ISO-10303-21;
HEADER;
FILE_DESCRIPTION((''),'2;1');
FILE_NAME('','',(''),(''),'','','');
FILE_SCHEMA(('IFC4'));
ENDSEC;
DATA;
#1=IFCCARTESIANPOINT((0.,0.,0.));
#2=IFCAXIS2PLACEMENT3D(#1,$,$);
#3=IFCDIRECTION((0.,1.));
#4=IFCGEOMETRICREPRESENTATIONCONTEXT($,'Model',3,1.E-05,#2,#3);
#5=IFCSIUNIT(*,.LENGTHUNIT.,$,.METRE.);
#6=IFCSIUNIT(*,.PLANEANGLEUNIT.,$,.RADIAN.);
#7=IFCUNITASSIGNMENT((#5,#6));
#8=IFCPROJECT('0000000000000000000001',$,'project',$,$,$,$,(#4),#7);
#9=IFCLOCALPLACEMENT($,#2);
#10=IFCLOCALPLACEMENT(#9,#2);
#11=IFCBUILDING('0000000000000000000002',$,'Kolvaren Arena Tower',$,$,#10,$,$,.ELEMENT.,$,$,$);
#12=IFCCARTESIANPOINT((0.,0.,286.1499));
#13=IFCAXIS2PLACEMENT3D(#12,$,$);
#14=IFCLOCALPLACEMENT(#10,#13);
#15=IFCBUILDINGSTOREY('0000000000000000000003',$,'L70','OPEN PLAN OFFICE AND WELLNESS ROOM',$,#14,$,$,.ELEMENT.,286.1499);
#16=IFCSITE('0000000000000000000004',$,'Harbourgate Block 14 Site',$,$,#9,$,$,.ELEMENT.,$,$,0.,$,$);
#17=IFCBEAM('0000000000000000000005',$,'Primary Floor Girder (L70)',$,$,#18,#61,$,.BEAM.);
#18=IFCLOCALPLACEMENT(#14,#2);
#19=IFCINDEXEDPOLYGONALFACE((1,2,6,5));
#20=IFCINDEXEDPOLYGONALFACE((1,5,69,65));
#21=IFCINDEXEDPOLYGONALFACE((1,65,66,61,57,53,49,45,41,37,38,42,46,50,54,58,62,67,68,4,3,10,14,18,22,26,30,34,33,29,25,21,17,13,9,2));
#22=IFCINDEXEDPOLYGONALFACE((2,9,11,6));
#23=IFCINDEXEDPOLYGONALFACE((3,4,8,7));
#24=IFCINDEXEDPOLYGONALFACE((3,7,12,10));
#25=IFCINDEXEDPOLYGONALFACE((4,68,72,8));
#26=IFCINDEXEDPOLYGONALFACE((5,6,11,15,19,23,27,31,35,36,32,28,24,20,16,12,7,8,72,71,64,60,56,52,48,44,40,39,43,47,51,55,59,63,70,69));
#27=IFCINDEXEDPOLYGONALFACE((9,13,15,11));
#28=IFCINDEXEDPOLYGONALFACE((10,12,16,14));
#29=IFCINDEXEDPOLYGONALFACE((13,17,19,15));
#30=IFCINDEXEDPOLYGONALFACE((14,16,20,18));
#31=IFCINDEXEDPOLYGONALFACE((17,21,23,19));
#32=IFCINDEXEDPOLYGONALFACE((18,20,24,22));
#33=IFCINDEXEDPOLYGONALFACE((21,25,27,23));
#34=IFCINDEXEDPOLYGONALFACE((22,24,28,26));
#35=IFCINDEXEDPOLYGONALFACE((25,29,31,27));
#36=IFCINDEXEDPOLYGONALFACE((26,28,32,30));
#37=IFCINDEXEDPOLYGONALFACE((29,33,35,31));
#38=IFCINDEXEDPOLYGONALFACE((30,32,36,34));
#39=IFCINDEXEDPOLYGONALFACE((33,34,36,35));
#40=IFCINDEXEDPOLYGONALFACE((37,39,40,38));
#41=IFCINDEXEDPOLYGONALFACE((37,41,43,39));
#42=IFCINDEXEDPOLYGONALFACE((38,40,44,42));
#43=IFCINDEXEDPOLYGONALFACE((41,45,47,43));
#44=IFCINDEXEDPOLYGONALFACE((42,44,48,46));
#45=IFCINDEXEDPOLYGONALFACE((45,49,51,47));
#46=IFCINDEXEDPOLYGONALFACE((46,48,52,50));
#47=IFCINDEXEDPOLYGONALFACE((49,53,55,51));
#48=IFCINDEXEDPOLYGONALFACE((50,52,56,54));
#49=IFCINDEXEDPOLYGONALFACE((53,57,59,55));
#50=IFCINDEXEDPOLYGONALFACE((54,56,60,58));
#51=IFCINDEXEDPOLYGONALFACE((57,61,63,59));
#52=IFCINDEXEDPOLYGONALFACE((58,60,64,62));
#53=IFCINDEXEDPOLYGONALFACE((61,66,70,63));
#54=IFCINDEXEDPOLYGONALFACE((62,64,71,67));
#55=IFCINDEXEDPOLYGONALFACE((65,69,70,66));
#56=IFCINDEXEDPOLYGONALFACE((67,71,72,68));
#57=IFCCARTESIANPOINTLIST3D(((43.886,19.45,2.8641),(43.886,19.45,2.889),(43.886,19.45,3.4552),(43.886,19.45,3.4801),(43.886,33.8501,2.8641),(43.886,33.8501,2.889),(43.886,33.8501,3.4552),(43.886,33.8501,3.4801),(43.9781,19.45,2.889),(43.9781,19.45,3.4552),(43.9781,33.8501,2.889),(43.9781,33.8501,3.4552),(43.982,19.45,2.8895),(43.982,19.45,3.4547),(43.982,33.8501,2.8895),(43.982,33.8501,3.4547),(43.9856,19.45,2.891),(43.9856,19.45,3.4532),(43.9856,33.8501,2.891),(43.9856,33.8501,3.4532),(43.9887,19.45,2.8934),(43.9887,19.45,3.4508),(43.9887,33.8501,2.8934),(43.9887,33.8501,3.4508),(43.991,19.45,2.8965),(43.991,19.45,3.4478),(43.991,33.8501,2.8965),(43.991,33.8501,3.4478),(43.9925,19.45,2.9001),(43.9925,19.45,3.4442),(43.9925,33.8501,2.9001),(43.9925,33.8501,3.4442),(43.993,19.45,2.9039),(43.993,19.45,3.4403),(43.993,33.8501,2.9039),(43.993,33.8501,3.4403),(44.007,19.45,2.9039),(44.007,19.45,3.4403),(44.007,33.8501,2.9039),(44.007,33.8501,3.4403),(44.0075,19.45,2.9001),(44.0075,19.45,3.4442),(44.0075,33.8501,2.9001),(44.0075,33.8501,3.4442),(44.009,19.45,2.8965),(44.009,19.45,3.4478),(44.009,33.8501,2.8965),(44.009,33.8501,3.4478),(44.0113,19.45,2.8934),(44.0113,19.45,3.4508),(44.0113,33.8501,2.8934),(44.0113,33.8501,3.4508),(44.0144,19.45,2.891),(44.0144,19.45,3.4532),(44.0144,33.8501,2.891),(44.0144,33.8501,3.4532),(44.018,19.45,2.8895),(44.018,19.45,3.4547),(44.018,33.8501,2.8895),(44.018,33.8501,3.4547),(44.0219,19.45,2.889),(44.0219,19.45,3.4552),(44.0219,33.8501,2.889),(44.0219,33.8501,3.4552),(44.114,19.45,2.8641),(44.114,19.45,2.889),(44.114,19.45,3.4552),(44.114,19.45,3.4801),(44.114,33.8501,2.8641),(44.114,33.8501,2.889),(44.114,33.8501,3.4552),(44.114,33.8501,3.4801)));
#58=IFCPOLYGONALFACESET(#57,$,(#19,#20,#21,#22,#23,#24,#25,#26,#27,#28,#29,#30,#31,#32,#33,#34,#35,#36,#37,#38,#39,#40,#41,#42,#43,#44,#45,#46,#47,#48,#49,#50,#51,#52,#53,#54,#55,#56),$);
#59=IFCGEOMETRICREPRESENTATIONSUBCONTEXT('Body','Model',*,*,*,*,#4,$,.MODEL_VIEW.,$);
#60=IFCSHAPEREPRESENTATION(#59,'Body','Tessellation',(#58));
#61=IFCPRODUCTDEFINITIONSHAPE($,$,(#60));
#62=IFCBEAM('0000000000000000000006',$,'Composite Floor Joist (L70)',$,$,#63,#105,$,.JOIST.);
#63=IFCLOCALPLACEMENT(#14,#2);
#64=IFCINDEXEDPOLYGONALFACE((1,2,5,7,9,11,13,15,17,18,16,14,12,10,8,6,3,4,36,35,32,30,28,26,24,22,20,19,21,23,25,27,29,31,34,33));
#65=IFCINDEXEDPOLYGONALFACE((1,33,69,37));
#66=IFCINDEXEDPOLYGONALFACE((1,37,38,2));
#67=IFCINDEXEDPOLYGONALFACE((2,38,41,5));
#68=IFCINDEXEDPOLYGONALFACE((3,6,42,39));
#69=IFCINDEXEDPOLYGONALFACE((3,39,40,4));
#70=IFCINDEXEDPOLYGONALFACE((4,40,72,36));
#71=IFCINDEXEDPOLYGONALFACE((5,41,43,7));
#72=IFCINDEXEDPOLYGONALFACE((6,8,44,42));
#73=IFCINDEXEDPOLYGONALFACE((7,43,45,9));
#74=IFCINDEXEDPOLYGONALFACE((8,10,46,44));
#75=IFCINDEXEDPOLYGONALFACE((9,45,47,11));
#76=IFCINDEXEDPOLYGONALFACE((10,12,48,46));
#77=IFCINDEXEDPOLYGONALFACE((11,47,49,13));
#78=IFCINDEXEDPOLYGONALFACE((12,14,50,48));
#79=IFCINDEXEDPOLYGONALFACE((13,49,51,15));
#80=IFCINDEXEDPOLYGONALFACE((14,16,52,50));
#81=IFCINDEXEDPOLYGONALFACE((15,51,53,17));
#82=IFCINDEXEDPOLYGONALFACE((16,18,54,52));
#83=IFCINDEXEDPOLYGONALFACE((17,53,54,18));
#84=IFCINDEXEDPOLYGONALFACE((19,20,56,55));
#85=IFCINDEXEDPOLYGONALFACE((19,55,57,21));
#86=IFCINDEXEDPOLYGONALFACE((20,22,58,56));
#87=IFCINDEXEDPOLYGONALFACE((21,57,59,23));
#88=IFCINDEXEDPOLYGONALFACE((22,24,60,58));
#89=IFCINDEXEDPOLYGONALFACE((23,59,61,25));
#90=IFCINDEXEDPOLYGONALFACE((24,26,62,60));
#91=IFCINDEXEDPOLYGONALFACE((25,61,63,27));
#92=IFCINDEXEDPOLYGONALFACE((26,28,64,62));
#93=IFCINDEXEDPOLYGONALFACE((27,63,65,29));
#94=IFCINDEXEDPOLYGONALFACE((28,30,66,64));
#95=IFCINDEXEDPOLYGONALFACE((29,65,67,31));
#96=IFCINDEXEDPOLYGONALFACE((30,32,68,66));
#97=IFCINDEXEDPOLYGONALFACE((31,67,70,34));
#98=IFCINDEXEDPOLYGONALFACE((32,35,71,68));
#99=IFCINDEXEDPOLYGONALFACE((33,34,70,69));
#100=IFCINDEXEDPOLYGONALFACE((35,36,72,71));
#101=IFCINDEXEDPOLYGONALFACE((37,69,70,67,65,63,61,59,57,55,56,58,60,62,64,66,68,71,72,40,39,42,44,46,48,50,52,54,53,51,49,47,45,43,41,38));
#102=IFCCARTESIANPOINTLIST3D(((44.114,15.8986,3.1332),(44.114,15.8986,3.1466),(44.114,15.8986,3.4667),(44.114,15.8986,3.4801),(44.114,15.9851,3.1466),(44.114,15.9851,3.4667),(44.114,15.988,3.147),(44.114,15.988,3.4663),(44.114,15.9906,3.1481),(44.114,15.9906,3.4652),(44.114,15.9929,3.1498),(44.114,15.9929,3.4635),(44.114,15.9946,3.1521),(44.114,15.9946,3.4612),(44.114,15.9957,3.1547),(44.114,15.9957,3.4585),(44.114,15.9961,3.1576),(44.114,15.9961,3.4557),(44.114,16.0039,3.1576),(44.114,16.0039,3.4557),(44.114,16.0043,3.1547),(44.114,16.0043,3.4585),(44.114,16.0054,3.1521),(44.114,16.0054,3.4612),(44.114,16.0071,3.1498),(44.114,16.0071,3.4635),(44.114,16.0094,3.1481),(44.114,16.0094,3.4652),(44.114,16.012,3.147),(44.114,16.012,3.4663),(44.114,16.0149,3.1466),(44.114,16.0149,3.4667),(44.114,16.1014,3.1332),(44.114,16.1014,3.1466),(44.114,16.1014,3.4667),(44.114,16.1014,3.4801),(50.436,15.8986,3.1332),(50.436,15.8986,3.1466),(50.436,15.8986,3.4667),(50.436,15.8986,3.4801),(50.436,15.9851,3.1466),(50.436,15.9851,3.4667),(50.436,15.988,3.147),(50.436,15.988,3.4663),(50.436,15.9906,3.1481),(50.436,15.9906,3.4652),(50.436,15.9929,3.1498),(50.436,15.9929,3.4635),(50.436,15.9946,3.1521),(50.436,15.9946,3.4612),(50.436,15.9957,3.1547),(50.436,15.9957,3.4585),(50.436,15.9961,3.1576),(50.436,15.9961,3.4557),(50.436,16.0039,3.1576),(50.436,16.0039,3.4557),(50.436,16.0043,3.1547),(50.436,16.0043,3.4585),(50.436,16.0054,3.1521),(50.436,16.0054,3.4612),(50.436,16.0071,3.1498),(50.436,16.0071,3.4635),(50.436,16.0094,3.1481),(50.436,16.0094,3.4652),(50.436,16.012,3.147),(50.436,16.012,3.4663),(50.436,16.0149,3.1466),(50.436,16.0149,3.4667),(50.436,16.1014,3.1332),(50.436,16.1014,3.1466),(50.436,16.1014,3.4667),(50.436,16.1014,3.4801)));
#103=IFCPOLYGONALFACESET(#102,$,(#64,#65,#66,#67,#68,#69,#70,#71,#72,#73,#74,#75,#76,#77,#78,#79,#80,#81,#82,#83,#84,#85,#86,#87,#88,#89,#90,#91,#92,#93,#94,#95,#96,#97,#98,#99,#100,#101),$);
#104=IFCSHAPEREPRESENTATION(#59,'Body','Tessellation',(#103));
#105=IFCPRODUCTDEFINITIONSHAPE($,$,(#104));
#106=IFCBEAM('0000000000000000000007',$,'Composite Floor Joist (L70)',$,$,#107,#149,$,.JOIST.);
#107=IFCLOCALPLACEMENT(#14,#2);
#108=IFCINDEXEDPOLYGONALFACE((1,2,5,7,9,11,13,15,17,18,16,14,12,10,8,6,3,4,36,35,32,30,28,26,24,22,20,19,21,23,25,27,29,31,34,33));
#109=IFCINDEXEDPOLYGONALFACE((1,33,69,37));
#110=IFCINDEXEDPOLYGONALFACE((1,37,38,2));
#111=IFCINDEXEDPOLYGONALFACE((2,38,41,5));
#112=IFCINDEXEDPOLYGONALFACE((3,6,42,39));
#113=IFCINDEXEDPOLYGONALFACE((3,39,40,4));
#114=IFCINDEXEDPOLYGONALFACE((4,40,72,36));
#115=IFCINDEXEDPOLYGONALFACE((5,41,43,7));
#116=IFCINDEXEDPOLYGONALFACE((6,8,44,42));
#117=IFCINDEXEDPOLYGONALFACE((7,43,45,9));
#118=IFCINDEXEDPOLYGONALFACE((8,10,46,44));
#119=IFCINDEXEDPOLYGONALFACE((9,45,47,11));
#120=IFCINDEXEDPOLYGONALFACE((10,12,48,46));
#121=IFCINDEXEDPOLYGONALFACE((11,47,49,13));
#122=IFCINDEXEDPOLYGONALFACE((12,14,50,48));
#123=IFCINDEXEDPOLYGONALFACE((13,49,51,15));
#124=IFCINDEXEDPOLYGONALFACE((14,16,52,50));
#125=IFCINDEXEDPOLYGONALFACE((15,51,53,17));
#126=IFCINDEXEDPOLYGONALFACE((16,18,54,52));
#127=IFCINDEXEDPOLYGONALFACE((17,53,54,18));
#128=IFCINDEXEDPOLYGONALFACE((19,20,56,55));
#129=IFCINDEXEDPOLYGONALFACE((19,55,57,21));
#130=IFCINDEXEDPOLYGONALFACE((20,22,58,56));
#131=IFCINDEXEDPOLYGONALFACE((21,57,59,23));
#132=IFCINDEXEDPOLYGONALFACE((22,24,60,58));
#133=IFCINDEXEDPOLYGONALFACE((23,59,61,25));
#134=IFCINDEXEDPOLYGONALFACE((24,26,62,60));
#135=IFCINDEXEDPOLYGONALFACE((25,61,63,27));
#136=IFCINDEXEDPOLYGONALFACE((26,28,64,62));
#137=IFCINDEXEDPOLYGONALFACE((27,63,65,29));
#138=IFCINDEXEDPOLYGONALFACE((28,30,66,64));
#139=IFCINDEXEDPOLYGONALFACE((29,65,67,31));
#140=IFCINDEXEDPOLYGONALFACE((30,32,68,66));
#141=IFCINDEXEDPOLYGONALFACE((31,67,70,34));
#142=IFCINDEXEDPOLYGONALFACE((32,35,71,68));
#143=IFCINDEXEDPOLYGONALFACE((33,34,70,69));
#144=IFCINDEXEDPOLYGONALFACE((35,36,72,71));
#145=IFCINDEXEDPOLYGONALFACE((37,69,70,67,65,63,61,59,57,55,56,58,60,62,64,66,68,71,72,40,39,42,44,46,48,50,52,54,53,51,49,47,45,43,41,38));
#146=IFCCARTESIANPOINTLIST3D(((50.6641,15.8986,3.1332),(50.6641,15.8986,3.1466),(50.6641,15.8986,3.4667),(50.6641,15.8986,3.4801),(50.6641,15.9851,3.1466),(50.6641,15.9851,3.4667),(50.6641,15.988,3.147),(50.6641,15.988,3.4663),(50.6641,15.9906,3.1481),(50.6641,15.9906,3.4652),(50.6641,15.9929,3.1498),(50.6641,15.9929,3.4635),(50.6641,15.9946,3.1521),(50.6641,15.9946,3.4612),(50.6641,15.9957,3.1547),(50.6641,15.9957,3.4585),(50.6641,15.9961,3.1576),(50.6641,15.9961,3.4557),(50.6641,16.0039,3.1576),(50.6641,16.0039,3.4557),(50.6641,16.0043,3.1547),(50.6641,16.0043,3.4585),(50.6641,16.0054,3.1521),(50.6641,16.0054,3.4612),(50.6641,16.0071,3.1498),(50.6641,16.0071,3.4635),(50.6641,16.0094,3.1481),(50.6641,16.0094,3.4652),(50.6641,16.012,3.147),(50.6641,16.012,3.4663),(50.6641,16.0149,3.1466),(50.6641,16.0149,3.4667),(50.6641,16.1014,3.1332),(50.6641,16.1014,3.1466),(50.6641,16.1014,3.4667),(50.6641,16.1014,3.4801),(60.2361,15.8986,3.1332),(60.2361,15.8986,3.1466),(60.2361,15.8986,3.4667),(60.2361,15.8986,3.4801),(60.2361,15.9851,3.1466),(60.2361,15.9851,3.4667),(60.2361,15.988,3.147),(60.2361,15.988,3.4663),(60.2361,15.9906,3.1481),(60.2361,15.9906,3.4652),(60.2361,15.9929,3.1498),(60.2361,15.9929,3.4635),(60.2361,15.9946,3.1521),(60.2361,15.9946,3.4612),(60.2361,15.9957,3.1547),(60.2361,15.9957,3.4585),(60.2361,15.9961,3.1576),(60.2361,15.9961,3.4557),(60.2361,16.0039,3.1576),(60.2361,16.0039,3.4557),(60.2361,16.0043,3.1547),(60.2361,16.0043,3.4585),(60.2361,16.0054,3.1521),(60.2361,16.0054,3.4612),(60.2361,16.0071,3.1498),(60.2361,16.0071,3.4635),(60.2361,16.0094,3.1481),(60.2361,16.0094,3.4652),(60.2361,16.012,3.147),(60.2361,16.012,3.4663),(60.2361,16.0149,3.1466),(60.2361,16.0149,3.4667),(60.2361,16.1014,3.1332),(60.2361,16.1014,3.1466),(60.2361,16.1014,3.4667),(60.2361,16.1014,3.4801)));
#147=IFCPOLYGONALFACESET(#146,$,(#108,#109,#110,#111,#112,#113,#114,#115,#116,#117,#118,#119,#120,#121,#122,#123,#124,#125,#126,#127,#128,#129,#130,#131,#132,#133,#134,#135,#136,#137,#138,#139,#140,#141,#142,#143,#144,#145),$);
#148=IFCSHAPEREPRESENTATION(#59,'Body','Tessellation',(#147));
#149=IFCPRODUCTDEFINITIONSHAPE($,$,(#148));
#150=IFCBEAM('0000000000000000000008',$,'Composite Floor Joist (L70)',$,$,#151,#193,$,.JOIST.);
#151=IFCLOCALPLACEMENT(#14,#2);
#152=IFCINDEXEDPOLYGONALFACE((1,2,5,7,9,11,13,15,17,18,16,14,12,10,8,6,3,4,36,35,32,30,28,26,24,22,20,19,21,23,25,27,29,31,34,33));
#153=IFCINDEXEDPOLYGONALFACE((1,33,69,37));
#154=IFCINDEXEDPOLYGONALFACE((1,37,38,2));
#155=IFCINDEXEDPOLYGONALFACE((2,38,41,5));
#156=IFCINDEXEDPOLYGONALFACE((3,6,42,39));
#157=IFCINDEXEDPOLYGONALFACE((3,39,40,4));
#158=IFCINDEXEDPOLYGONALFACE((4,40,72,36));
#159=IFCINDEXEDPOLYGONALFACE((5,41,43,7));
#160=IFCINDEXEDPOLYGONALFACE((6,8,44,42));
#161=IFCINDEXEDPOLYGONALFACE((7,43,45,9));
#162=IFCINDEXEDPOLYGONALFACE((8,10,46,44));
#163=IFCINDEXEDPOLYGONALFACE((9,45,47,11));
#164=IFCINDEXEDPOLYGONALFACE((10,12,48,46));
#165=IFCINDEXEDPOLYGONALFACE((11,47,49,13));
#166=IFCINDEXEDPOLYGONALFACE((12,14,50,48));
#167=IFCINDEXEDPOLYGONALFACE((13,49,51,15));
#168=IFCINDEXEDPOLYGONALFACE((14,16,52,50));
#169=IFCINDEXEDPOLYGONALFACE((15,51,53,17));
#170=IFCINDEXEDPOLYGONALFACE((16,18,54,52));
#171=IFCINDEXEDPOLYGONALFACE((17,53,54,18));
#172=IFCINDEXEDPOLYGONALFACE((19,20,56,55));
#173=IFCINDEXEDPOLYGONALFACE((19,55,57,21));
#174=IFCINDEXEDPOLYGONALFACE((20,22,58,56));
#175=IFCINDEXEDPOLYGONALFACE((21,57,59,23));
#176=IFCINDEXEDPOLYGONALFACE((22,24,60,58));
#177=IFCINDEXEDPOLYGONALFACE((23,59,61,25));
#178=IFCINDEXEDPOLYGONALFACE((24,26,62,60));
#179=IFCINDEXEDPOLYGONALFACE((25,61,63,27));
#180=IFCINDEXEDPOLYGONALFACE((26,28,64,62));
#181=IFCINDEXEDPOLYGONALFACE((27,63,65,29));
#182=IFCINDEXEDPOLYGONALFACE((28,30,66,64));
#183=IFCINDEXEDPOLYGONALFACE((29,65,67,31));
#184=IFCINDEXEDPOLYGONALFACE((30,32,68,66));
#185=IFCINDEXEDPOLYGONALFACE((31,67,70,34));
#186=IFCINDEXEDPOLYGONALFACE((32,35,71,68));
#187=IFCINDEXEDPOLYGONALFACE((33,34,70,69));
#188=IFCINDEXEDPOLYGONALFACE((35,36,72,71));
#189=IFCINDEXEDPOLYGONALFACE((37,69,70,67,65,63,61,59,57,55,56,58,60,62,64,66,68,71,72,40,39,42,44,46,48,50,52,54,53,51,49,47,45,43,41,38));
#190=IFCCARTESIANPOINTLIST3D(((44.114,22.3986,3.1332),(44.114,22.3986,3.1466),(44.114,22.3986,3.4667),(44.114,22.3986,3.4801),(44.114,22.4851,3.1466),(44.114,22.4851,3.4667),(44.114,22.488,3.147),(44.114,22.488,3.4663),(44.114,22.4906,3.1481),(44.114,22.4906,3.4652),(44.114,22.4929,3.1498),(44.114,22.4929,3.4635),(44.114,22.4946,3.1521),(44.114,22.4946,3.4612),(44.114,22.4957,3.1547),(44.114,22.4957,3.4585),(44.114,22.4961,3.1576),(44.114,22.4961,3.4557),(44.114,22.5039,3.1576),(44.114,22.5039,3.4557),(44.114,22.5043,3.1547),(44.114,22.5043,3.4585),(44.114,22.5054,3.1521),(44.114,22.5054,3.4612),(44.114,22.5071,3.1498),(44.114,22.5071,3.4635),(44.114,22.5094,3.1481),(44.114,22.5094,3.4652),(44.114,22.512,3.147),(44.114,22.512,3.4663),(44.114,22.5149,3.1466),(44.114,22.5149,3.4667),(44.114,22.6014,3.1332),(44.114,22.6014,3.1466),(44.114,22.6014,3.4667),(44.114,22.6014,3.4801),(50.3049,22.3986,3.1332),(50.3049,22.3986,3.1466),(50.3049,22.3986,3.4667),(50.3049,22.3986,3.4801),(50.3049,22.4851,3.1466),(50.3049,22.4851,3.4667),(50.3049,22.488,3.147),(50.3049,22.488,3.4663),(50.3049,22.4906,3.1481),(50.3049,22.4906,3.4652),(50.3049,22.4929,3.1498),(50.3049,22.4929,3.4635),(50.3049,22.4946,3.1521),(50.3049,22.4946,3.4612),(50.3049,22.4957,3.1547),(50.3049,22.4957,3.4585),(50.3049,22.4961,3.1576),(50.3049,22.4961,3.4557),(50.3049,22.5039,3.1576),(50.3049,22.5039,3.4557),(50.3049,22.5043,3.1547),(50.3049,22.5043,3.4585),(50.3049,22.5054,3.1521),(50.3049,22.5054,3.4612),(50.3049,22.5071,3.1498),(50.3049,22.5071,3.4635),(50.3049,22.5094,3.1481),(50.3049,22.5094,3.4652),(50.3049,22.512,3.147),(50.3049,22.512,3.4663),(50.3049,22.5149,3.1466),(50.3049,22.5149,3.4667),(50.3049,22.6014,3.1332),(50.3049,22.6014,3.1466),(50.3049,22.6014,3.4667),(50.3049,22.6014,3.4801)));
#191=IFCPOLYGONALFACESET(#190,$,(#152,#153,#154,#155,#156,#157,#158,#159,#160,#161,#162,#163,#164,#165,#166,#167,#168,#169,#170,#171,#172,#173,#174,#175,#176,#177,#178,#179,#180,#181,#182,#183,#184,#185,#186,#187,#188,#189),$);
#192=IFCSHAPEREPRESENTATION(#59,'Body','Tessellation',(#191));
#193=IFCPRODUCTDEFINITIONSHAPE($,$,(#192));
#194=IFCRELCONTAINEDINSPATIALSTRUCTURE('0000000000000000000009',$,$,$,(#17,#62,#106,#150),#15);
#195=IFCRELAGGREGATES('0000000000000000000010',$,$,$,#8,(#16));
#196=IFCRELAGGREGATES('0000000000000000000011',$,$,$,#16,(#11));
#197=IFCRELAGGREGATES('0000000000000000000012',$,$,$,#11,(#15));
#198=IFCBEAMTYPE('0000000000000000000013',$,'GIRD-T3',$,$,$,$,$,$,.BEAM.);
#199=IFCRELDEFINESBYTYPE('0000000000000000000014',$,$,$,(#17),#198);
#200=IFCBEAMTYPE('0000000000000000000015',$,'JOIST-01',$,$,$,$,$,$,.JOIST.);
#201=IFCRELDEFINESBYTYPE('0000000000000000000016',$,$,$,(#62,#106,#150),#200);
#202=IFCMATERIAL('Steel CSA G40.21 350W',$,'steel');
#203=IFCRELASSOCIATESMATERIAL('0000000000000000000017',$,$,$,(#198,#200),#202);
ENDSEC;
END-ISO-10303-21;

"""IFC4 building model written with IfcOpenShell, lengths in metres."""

from ifc_helpers import new_model, si_unit, direction, frame, origin, origin_2d, place, context, subcontext, project, spatial, i_section, extrude, material, material_profile, profile_set, type_object, element, save


model = new_model("IFC4")

# Units and contexts
model_context = context("Model", 3, precision=1e-05, world=origin(), true_north=direction((0.0, 1.0)))
body_context = subcontext(model_context, "Body", "Model", "MODEL_VIEW")
ifc_project = project(units=[si_unit("LENGTHUNIT", "METRE"), si_unit("PLANEANGLEUNIT", "RADIAN")], contexts=[model_context])

# Site, building, storey
site_placement = place(None, origin())
site = spatial("IfcSite", under=ifc_project, at=site_placement, Name="Harbourgate Block 14 Site", CompositionType="ELEMENT", RefElevation=0.0)
building_placement = place(site_placement, origin())
building = spatial("IfcBuilding", under=site, at=building_placement, Name="Kolvaren Arena Tower", CompositionType="ELEMENT")
storey_placement = place(building_placement, frame((0.0, 0.0, 286.1499)))
storey = spatial("IfcBuildingStorey", under=building, at=storey_placement, Name="L70", Description="OPEN PLAN OFFICE AND WELLNESS ROOM", CompositionType="ELEMENT", Elevation=286.1499)

# Beams
ifc_material_1 = material(Name="Steel CSA G40.21 350W", Category="steel")
ifc_material_profile_1 = material_profile(ifc_material_1, i_section(OverallWidth=0.228, OverallDepth=0.616, WebThickness=0.0139, FlangeThickness=0.0249, FilletRadius=0.0149, at=origin_2d()), Name="W610x174")
ifc_profile_set_1 = profile_set([ifc_material_profile_1], Name="Steel CSA G40.21 350W")
beam_type_1 = type_object("IfcBeamType", Name="GIRD-T3", PredefinedType="BEAM", material=ifc_profile_set_1)
beam_1_placement = place(storey_placement, frame((44.0, 19.45, 3.1721), z_axis=(0.0, 1.0, 0.0), x_axis=(-1.0, 0.0, 0.0)))
element("IfcBeam", 1, at=beam_1_placement, inside=storey, type_object=beam_type_1, Name="Primary Floor Girder (L70)", PredefinedType="BEAM", context=body_context, shape_type="SweptSolid", body=[
    extrude(i_section(OverallWidth=0.228, OverallDepth=0.616, WebThickness=0.0139, FlangeThickness=0.0249, FilletRadius=0.0149, at=origin_2d()), origin(), (0.0, 0.0, 1.0), 14.4001),
])
ifc_material_profile_2 = material_profile(ifc_material_1, i_section(OverallWidth=0.2029, OverallDepth=0.3469, WebThickness=0.0078, FlangeThickness=0.0134, FilletRadius=0.011, at=origin_2d()), Name="W360x64")
ifc_profile_set_2 = profile_set([ifc_material_profile_2], Name="Steel CSA G40.21 350W")
beam_type_2 = type_object("IfcBeamType", Name="JOIST-01", PredefinedType="JOIST", material=ifc_profile_set_2)
beam_2_placement = place(storey_placement, frame((44.114, 16.0, 3.3066), z_axis=(1.0, 0.0, 0.0), x_axis=(0.0, 1.0, 0.0)))
element("IfcBeam", 2, at=beam_2_placement, inside=storey, type_object=beam_type_2, Name="Composite Floor Joist (L70)", PredefinedType="JOIST", context=body_context, shape_type="SweptSolid", body=[
    extrude(i_section(OverallWidth=0.2029, OverallDepth=0.3469, WebThickness=0.0078, FlangeThickness=0.0134, FilletRadius=0.011, at=origin_2d()), origin(), (0.0, 0.0, 1.0), 6.322),
])
beam_3_placement = place(storey_placement, frame((50.6641, 16.0, 3.3066), z_axis=(1.0, 0.0, 0.0), x_axis=(0.0, 1.0, 0.0)))
element("IfcBeam", 3, at=beam_3_placement, inside=storey, type_object=beam_type_2, Name="Composite Floor Joist (L70)", PredefinedType="JOIST", context=body_context, shape_type="SweptSolid", body=[
    extrude(i_section(OverallWidth=0.2029, OverallDepth=0.3469, WebThickness=0.0078, FlangeThickness=0.0134, FilletRadius=0.011, at=origin_2d()), origin(), (0.0, 0.0, 1.0), 9.572),
])
beam_4_placement = place(storey_placement, frame((44.114, 22.5, 3.3066), z_axis=(1.0, 0.0, 0.0), x_axis=(0.0, 1.0, 0.0)))
element("IfcBeam", 4, at=beam_4_placement, inside=storey, type_object=beam_type_2, Name="Composite Floor Joist (L70)", PredefinedType="JOIST", context=body_context, shape_type="SweptSolid", body=[
    extrude(i_section(OverallWidth=0.2029, OverallDepth=0.3469, WebThickness=0.0078, FlangeThickness=0.0134, FilletRadius=0.011, at=origin_2d()), origin(), (0.0, 0.0, 1.0), 6.1909),
])

save(model, "model.ifc")
